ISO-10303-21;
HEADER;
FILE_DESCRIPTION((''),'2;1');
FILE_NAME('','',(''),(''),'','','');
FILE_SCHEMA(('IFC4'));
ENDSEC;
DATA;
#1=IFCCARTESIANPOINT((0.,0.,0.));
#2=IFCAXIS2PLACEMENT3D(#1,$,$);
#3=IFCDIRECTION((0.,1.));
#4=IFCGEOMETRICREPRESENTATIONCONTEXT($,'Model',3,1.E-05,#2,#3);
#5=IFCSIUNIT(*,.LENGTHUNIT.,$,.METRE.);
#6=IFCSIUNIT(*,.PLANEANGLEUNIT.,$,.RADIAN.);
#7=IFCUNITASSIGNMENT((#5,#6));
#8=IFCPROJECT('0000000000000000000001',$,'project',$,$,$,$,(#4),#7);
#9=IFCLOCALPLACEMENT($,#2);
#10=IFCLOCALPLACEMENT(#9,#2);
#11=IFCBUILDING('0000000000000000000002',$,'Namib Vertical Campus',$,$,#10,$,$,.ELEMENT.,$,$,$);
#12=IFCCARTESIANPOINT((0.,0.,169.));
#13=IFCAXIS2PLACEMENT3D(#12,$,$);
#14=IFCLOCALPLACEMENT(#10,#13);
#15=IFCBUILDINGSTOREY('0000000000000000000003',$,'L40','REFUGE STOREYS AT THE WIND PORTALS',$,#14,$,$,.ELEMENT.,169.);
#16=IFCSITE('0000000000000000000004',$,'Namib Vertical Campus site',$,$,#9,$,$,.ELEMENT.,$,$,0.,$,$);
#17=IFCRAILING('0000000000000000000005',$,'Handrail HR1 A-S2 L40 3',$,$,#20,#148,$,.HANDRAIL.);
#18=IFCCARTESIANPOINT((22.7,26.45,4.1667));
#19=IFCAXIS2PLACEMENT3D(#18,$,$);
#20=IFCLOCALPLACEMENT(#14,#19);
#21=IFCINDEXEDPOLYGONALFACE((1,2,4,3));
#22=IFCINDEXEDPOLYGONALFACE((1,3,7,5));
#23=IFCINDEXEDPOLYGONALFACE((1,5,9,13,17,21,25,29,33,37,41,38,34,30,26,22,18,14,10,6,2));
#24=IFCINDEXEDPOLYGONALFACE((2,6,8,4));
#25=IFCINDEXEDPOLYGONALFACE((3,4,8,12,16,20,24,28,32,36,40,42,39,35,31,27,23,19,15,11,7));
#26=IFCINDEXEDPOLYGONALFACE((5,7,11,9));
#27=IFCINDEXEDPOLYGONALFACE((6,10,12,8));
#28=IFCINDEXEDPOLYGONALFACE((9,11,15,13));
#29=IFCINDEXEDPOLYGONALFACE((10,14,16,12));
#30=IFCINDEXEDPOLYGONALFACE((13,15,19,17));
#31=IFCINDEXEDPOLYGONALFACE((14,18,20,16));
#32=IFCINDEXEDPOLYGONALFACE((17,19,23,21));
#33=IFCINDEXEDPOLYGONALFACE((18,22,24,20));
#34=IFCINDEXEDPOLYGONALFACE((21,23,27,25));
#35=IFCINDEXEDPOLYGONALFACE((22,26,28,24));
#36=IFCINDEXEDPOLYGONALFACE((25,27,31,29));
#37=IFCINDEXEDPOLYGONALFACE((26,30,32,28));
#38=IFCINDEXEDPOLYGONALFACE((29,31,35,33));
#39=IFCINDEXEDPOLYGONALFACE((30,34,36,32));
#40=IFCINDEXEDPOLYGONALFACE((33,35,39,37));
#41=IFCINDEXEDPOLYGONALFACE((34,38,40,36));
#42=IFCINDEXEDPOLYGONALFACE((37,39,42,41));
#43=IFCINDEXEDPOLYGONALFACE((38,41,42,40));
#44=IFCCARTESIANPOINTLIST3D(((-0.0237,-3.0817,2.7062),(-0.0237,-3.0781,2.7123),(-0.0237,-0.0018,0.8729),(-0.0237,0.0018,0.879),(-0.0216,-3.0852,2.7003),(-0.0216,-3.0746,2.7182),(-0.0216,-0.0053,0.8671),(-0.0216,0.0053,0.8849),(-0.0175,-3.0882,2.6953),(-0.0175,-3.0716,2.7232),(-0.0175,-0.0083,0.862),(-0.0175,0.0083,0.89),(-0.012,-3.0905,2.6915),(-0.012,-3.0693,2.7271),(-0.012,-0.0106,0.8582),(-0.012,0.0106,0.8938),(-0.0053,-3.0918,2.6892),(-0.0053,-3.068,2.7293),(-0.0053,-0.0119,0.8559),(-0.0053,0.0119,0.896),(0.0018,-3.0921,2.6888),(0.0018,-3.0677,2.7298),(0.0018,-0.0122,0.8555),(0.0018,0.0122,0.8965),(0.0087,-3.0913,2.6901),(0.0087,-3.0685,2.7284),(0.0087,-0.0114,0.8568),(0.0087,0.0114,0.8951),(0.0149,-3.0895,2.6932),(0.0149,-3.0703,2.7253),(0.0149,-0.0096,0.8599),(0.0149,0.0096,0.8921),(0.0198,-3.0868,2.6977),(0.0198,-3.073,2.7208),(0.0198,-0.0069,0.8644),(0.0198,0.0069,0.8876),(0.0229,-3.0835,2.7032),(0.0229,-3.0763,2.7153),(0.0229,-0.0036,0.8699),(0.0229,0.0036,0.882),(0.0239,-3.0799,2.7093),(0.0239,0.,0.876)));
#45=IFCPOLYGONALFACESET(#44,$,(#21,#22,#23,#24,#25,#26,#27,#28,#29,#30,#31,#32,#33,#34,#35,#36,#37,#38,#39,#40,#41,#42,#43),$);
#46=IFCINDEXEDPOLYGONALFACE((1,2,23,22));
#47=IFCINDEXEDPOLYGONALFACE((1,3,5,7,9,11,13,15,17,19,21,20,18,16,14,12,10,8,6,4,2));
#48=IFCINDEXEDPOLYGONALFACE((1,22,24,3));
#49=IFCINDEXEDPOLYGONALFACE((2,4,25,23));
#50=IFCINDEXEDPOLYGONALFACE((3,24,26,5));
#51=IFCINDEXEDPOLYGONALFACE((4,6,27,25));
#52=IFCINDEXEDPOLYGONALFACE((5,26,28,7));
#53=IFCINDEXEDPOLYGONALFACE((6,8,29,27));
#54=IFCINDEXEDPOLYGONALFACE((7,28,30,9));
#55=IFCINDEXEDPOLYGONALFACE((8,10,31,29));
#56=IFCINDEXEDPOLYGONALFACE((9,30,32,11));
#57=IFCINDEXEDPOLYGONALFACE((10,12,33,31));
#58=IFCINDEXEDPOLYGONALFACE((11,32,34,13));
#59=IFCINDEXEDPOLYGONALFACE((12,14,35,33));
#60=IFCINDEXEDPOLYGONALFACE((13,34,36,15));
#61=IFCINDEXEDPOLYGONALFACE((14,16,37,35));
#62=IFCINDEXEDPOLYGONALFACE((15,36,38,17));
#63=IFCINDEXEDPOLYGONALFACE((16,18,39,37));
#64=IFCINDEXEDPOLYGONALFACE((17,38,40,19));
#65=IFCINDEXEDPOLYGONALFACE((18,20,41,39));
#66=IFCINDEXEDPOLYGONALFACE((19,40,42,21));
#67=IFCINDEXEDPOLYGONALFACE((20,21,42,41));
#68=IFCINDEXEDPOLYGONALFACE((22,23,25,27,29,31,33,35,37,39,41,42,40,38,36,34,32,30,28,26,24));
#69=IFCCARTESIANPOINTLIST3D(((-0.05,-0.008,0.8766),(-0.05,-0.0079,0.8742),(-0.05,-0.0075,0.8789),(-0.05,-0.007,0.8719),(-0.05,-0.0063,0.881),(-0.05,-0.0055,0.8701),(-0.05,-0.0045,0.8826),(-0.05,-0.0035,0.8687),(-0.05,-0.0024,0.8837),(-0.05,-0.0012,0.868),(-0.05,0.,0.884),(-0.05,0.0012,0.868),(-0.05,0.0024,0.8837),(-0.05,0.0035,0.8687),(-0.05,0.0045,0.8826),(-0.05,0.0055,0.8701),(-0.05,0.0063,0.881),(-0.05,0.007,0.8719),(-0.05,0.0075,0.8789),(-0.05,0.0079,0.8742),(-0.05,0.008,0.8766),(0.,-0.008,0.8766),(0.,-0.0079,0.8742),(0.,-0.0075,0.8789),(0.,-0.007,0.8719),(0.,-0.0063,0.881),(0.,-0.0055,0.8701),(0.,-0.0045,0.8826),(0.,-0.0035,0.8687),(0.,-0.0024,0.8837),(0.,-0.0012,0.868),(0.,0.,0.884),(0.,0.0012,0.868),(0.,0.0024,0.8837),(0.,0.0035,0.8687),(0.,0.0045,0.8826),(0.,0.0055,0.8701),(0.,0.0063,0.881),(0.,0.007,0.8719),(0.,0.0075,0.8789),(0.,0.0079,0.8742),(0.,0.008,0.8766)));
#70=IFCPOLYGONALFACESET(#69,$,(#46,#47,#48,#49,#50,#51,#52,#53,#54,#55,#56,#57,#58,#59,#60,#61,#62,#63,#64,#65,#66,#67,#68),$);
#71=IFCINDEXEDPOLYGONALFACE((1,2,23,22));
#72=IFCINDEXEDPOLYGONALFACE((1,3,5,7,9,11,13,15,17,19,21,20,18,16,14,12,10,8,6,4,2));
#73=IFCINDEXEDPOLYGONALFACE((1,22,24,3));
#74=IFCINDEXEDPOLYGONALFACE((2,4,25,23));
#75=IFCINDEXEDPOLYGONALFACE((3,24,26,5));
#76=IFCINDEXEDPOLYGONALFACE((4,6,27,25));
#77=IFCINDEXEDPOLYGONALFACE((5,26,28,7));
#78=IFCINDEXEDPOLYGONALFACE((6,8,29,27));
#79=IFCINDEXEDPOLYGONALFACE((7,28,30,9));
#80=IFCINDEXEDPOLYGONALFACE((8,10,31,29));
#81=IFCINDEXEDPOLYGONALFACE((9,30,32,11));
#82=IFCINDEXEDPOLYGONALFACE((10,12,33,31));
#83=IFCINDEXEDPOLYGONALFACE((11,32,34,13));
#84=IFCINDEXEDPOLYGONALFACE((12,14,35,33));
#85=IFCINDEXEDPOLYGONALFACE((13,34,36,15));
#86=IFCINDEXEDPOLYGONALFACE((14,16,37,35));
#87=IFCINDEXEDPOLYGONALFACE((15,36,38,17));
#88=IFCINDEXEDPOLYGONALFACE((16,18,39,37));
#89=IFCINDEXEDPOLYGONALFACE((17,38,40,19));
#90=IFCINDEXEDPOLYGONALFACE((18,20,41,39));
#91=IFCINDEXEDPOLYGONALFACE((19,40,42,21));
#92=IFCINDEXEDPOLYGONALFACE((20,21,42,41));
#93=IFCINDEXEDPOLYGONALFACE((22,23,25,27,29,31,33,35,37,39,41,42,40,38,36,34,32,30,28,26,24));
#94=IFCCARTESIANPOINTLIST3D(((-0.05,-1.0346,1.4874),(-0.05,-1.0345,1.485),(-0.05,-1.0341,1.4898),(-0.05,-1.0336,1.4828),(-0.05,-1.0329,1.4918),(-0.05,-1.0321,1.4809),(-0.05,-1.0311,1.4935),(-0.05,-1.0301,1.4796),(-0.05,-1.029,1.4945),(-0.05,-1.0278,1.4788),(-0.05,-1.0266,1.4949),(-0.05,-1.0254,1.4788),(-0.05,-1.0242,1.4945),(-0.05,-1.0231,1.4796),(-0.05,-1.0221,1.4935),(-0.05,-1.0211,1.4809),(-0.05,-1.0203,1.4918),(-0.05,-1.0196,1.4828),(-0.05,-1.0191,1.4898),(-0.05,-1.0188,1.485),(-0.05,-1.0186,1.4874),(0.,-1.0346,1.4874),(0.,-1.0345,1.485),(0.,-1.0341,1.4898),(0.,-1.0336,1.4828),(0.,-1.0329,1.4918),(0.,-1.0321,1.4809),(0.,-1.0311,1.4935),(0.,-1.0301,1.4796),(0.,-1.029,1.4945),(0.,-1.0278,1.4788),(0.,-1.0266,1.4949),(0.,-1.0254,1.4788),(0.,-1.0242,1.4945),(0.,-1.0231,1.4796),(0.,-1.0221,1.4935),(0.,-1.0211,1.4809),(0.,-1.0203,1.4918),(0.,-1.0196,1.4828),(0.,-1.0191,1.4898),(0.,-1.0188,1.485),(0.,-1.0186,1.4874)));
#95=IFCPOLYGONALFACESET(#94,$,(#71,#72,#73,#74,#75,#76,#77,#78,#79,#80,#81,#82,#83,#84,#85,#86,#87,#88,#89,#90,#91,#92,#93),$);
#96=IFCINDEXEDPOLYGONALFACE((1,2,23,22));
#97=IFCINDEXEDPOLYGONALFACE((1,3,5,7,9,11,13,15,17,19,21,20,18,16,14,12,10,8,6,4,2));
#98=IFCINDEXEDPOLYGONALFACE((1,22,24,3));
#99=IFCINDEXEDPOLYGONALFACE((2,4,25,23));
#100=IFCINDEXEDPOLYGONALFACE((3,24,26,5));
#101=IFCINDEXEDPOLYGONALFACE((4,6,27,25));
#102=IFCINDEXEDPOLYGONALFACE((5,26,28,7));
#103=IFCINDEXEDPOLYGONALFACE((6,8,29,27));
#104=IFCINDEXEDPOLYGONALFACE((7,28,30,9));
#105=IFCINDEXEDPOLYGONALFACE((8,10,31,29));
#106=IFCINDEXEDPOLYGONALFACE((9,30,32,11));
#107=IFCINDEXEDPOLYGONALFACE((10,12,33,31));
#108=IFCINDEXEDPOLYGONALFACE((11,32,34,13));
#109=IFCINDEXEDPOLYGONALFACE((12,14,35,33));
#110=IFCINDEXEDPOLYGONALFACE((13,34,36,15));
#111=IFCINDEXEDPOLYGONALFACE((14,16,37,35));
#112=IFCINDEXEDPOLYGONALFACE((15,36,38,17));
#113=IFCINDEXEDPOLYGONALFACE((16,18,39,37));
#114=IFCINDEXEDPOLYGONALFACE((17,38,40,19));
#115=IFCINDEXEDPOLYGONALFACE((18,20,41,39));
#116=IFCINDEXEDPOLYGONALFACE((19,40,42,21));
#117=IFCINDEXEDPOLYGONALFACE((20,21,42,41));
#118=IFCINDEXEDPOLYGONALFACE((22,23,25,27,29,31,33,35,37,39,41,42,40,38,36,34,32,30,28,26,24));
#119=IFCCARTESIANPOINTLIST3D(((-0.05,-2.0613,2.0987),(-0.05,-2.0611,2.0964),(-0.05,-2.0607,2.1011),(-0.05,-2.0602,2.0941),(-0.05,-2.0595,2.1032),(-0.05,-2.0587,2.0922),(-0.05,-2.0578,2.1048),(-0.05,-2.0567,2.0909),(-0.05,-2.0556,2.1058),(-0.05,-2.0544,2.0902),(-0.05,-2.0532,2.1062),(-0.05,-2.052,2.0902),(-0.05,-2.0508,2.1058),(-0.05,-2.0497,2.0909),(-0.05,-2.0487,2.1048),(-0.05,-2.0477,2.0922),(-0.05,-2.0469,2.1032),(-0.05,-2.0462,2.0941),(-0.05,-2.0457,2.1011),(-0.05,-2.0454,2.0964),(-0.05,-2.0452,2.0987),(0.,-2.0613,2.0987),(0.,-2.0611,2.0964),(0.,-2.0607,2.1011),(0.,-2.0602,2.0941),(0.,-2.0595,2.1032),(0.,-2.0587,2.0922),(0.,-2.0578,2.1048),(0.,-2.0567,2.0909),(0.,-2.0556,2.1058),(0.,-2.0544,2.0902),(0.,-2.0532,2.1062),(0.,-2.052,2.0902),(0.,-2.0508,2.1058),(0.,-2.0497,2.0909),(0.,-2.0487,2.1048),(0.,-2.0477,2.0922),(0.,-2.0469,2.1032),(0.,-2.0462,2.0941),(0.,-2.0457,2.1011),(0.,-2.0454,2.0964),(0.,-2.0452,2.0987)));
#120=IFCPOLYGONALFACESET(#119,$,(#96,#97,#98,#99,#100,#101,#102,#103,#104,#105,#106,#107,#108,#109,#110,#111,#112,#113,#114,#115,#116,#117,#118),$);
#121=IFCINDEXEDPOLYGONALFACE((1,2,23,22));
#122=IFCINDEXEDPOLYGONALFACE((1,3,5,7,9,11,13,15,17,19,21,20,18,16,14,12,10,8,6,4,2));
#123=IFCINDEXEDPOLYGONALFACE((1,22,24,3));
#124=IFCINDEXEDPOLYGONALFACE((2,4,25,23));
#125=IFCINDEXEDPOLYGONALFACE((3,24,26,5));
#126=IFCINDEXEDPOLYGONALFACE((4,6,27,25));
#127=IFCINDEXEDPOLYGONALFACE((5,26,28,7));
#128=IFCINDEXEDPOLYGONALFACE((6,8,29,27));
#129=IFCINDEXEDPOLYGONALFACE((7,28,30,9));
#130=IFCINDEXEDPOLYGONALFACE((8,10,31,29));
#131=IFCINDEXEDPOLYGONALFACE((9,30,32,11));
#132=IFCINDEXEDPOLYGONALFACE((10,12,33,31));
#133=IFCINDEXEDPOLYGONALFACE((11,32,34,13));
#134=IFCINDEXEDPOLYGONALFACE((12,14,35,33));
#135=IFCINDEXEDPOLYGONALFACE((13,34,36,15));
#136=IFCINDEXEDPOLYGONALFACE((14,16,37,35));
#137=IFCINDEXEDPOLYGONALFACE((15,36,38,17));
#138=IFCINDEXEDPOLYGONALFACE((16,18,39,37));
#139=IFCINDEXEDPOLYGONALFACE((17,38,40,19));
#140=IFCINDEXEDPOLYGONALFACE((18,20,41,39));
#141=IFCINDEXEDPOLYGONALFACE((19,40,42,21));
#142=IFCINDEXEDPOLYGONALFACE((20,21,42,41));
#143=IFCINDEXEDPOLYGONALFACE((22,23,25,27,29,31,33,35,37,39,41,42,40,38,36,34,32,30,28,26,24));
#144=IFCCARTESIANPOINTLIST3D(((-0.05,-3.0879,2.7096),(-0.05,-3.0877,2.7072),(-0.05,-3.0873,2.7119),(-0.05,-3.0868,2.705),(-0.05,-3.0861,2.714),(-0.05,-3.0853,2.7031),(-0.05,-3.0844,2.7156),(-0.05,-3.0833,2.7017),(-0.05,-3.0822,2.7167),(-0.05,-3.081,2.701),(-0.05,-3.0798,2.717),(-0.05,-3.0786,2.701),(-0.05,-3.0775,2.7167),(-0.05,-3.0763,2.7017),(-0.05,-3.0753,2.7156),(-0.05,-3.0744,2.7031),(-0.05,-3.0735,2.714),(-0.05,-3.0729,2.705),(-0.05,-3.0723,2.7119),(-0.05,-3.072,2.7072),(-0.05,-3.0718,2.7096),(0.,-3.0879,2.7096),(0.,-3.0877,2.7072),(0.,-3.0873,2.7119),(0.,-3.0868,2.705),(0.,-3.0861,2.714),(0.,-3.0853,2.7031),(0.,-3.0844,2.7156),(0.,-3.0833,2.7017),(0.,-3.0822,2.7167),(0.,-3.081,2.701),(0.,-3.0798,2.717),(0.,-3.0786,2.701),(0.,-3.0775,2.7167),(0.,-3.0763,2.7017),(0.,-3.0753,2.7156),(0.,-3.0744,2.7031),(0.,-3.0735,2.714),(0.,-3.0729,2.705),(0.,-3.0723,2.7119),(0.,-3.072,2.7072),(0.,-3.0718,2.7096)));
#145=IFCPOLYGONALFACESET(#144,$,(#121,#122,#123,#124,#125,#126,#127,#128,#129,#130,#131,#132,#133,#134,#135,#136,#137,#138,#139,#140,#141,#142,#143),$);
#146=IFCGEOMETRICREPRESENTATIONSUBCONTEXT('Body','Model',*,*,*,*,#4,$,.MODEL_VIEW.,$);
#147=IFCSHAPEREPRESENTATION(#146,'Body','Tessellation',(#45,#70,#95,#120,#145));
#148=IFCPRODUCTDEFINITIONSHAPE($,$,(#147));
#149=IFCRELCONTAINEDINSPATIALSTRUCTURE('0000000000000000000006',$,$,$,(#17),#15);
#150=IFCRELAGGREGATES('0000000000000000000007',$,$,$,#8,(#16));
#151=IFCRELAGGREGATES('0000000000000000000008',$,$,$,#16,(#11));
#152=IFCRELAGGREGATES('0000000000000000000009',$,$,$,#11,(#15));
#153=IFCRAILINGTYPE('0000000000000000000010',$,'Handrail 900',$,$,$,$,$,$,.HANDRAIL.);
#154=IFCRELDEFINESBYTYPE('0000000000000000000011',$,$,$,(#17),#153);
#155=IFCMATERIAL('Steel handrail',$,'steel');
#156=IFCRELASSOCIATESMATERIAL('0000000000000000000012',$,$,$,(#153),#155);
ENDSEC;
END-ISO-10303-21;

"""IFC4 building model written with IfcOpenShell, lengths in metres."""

from ifc_helpers import new_model, si_unit, direction, frame, origin, origin_2d, place, context, subcontext, project, spatial, circle, extrude, material, type_object, element, save


model = new_model("IFC4")

# Units and contexts
model_context = context("Model", 3, precision=1e-05, world=origin(), true_north=direction((0.0, 1.0)))
body_context = subcontext(model_context, "Body", "Model", "MODEL_VIEW")
ifc_project = project(units=[si_unit("LENGTHUNIT", "METRE"), si_unit("PLANEANGLEUNIT", "RADIAN")], contexts=[model_context])

# Site, building, storey
site_placement = place(None, origin())
site = spatial("IfcSite", under=ifc_project, at=site_placement, Name="Namib Vertical Campus site", CompositionType="ELEMENT", RefElevation=0.0)
building_placement = place(site_placement, origin())
building = spatial("IfcBuilding", under=site, at=building_placement, Name="Namib Vertical Campus", CompositionType="ELEMENT")
storey_placement = place(building_placement, frame((0.0, 0.0, 169.0)))
storey = spatial("IfcBuildingStorey", under=building, at=storey_placement, Name="L40", Description="REFUGE STOREYS AT THE WIND PORTALS", CompositionType="ELEMENT", Elevation=169.0)

# Railing
ifc_material_1 = material(Name="Steel handrail", Category="steel")
railing_type_1 = type_object("IfcRailingType", Name="Handrail 900", PredefinedType="HANDRAIL", material=ifc_material_1)
railing_1_placement = place(storey_placement, frame((22.7, 26.45, 4.1667)))
element("IfcRailing", 1, at=railing_1_placement, inside=storey, type_object=railing_type_1, Name="Handrail HR1 A-S2 L40 3", PredefinedType="HANDRAIL", context=body_context, shape_type="SweptSolid", body=[
    extrude(circle(Radius=0.0239, at=origin_2d()), frame((0.0, 0.0, 0.876), z_axis=(0.0, -0.859291, 0.511487), x_axis=(1.0, 0.0, 0.0)), (0.0, 0.0, 1.0), 3.5842),
    extrude(circle(Radius=0.0081, at=origin_2d()), frame((0.0, 0.0, 0.876), z_axis=(-1.0, 0.0, 0.0), x_axis=(0.0, 0.0, 1.0)), (0.0, 0.0, 1.0), 0.05),
    extrude(circle(Radius=0.0081, at=origin_2d()), frame((0.0, -1.0266, 1.4868), z_axis=(-1.0, 0.0, 0.0), x_axis=(0.0, 0.0, 1.0)), (0.0, 0.0, 1.0), 0.05),
    extrude(circle(Radius=0.0081, at=origin_2d()), frame((0.0, -2.0532, 2.0981), z_axis=(-1.0, 0.0, 0.0), x_axis=(0.0, 0.0, 1.0)), (0.0, 0.0, 1.0), 0.05),
    extrude(circle(Radius=0.0081, at=origin_2d()), frame((0.0, -3.0798, 2.709), z_axis=(-1.0, 0.0, 0.0), x_axis=(0.0, 0.0, 1.0)), (0.0, 0.0, 1.0), 0.05),
])

save(model, "model.ifc")
